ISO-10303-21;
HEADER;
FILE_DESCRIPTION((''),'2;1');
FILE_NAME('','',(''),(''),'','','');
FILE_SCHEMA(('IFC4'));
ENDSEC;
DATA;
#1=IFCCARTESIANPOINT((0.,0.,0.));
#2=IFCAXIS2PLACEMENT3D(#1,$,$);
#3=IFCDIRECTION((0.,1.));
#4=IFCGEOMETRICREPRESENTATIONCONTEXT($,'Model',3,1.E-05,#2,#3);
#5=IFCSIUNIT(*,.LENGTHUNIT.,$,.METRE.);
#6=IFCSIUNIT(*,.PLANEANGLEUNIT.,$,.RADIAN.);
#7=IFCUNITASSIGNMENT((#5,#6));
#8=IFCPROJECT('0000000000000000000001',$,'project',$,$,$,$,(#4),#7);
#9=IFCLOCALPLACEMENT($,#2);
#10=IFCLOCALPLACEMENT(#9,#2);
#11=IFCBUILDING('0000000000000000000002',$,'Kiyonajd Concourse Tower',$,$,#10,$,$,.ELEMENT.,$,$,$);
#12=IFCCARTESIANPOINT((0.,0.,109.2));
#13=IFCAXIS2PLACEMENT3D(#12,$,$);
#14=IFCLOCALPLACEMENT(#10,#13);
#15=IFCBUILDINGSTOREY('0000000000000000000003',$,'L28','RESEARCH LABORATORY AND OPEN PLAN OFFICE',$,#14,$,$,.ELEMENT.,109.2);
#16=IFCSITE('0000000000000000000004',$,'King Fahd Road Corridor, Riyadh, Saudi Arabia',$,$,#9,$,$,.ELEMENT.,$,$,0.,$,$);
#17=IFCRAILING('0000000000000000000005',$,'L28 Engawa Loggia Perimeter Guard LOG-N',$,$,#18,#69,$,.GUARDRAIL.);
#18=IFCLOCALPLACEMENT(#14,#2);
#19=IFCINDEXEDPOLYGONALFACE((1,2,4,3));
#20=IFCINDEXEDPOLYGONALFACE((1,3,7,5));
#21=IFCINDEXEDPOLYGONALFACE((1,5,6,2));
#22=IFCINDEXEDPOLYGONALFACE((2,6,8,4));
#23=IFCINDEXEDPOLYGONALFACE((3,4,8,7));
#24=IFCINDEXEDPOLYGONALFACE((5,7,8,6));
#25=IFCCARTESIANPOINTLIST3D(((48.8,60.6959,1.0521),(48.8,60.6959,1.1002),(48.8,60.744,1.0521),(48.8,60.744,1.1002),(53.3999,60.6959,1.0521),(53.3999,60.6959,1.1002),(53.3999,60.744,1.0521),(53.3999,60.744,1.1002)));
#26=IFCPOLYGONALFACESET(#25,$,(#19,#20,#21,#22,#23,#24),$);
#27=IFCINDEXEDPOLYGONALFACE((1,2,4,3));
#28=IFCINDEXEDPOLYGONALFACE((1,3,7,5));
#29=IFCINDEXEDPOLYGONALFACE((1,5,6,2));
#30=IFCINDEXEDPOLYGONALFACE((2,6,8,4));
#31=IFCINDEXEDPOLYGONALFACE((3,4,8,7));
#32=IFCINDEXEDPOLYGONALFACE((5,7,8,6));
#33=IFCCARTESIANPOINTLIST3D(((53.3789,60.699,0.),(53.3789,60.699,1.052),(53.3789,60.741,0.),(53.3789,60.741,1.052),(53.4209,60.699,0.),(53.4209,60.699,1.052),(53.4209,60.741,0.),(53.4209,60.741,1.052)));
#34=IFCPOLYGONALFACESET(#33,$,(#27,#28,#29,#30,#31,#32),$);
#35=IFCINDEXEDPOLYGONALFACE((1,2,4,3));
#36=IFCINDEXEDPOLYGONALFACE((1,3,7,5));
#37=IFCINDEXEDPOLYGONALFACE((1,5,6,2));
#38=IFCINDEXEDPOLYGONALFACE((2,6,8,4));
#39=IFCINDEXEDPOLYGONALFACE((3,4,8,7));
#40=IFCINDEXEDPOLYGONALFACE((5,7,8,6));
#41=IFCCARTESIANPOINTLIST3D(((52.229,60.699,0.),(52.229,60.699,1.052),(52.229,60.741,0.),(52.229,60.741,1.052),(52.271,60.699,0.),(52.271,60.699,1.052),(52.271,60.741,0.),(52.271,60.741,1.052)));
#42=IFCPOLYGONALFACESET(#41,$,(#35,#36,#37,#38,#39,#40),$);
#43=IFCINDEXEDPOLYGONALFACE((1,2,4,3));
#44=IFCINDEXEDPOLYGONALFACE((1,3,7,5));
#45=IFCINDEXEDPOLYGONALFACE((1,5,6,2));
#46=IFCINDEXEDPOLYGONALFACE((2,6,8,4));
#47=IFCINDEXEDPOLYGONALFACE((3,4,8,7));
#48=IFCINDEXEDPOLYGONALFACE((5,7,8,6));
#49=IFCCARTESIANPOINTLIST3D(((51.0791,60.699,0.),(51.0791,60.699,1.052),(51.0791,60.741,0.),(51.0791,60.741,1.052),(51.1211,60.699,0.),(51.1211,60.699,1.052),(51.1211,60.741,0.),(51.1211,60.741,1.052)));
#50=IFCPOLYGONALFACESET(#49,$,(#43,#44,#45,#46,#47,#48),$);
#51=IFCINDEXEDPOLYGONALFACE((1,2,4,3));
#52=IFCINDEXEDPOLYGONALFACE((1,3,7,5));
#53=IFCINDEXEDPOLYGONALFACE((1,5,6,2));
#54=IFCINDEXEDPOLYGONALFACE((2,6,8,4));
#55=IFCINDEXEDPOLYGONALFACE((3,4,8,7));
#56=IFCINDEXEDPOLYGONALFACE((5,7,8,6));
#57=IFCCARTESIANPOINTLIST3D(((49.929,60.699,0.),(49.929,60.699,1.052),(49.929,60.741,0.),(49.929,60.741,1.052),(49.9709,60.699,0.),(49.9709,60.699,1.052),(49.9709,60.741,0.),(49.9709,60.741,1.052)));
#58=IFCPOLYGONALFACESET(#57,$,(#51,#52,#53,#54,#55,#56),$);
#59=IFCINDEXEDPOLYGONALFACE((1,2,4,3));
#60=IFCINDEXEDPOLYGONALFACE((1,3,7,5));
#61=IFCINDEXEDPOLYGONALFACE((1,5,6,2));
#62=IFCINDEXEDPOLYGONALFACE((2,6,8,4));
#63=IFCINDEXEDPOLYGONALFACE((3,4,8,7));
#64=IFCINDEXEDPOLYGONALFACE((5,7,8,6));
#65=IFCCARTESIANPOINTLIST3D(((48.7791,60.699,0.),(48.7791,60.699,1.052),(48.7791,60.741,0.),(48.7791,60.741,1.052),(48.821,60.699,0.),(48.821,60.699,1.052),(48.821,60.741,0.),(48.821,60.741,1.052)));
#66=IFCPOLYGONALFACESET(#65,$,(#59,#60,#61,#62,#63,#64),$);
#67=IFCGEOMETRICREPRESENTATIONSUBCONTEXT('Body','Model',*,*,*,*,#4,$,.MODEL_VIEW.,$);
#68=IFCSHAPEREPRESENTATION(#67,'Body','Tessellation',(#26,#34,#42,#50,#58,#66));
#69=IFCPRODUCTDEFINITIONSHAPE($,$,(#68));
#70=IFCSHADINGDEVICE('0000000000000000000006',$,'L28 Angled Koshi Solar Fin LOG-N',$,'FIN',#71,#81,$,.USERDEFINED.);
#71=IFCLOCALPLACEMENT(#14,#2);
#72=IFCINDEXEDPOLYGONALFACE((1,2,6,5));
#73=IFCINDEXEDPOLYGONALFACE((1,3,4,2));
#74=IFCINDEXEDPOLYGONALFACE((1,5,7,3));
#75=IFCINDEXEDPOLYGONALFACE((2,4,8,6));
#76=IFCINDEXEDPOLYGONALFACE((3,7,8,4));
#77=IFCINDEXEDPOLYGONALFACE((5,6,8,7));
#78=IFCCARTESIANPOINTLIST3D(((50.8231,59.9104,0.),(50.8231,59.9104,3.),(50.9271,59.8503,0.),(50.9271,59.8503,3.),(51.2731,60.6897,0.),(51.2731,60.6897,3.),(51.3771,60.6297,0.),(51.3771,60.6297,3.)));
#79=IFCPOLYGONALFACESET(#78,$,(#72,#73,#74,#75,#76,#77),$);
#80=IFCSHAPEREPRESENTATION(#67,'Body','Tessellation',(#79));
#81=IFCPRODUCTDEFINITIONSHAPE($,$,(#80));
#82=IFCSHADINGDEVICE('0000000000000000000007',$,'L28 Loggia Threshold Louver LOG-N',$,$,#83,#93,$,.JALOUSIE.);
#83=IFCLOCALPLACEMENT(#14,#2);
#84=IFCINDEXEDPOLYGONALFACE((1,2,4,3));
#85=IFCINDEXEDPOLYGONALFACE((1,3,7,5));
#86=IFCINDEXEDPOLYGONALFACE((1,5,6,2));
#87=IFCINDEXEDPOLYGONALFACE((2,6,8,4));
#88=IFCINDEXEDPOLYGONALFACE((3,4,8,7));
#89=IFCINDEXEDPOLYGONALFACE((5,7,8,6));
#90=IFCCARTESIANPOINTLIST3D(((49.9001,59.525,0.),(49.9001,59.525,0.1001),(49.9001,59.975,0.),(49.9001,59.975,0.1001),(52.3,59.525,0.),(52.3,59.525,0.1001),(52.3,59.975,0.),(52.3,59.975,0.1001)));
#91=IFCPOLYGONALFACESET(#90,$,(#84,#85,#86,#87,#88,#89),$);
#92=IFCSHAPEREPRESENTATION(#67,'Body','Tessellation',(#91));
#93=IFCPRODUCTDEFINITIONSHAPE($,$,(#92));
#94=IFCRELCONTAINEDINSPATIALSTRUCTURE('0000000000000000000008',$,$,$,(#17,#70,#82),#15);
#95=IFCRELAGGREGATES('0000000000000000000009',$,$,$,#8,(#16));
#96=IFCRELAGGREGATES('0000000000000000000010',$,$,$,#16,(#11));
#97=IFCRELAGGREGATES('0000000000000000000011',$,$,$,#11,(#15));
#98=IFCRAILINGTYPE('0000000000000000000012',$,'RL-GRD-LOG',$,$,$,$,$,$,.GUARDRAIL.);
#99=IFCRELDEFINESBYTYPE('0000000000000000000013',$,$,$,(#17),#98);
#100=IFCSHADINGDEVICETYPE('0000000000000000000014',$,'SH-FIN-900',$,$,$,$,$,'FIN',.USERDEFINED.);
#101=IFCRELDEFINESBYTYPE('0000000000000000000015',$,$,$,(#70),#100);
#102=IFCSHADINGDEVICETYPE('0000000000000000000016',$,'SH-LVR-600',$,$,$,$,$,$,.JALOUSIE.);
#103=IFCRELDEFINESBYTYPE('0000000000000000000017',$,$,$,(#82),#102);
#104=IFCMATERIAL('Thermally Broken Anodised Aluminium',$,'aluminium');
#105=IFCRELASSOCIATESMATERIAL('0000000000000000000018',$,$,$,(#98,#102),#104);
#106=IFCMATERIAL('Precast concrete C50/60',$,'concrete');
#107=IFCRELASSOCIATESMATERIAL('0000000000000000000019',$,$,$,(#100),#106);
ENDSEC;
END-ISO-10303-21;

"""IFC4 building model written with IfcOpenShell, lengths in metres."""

from ifc_helpers import new_model, si_unit, direction, frame, origin, origin_2d, place, context, subcontext, project, spatial, rectangle, extrude, material, type_object, element, save


model = new_model("IFC4")

# Units and contexts
model_context = context("Model", 3, precision=1e-05, world=origin(), true_north=direction((0.0, 1.0)))
body_context = subcontext(model_context, "Body", "Model", "MODEL_VIEW")
ifc_project = project(units=[si_unit("LENGTHUNIT", "METRE"), si_unit("PLANEANGLEUNIT", "RADIAN")], contexts=[model_context])

# Site, building, storey
site_placement = place(None, origin())
site = spatial("IfcSite", under=ifc_project, at=site_placement, Name="King Fahd Road Corridor, Riyadh, Saudi Arabia", CompositionType="ELEMENT", RefElevation=0.0)
building_placement = place(site_placement, origin())
building = spatial("IfcBuilding", under=site, at=building_placement, Name="Kiyonajd Concourse Tower", CompositionType="ELEMENT")
storey_placement = place(building_placement, frame((0.0, 0.0, 109.2)))
storey = spatial("IfcBuildingStorey", under=building, at=storey_placement, Name="L28", Description="RESEARCH LABORATORY AND OPEN PLAN OFFICE", CompositionType="ELEMENT", Elevation=109.2)

# Shared definitions
ifc_material_1 = material(Name="Precast concrete C50/60", Category="concrete")

# Shared definitions
ifc_material_2 = material(Name="Thermally Broken Anodised Aluminium", Category="aluminium")

# Railing
railing_type = type_object("IfcRailingType", Name="RL-GRD-LOG", PredefinedType="GUARDRAIL", material=ifc_material_2)
railing_placement = place(storey_placement, frame((53.3999, 60.72, 0.0)))
element("IfcRailing", 1, at=railing_placement, inside=storey, type_object=railing_type, Name="L28 Engawa Loggia Perimeter Guard LOG-N", PredefinedType="GUARDRAIL", context=body_context, shape_type="SweptSolid", body=[
    extrude(rectangle(XDim=0.0481, YDim=0.0481, at=origin_2d()), frame((0.0, 0.0, 1.0762), z_axis=(-1.0, 0.0, 0.0), x_axis=(0.0, -1.0, 0.0)), (0.0, 0.0, 1.0), 4.5999),
    extrude(rectangle(XDim=0.042, YDim=0.042, at=origin_2d()), origin(), (0.0, 0.0, 1.0), 1.052),
    extrude(rectangle(XDim=0.042, YDim=0.042, at=origin_2d()), frame((-1.1499, 0.0, 0.0)), (0.0, 0.0, 1.0), 1.052),
    extrude(rectangle(XDim=0.042, YDim=0.042, at=origin_2d()), frame((-2.2998, 0.0, 0.0)), (0.0, 0.0, 1.0), 1.052),
    extrude(rectangle(XDim=0.042, YDim=0.042, at=origin_2d()), frame((-3.45, 0.0, 0.0)), (0.0, 0.0, 1.0), 1.052),
    extrude(rectangle(XDim=0.042, YDim=0.042, at=origin_2d()), frame((-4.5999, 0.0, 0.0)), (0.0, 0.0, 1.0), 1.052),
])

# Shading devices
shading_device_type_1 = type_object("IfcShadingDeviceType", Name="SH-FIN-900", ElementType="FIN", PredefinedType="USERDEFINED", material=ifc_material_1)
shading_device_1_placement = place(storey_placement, frame((51.1001, 60.27, 0.0), z_axis=(0.0, 0.0, 1.0), x_axis=(0.5, 0.866025, 0.0)))
element("IfcShadingDevice", 2, at=shading_device_1_placement, inside=storey, type_object=shading_device_type_1, Name="L28 Angled Koshi Solar Fin LOG-N", ObjectType="FIN", PredefinedType="USERDEFINED", context=body_context, shape_type="SweptSolid", body=[
    extrude(rectangle(XDim=0.8999, YDim=0.1201, at=origin_2d()), origin(), (0.0, 0.0, 1.0), 3.0),
])
shading_device_type_2 = type_object("IfcShadingDeviceType", Name="SH-LVR-600", PredefinedType="JALOUSIE", material=ifc_material_2)
shading_device_2_placement = place(storey_placement, frame((51.1001, 59.75, 0.0), z_axis=(0.0, 0.0, 1.0), x_axis=(1.0, 0.0, 0.0)))
element("IfcShadingDevice", 3, at=shading_device_2_placement, inside=storey, type_object=shading_device_type_2, Name="L28 Loggia Threshold Louver LOG-N", PredefinedType="JALOUSIE", context=body_context, shape_type="SweptSolid", body=[
    extrude(rectangle(XDim=2.3999, YDim=0.45, at=origin_2d()), origin(), (0.0, 0.0, 1.0), 0.1001),
])

save(model, "model.ifc")
